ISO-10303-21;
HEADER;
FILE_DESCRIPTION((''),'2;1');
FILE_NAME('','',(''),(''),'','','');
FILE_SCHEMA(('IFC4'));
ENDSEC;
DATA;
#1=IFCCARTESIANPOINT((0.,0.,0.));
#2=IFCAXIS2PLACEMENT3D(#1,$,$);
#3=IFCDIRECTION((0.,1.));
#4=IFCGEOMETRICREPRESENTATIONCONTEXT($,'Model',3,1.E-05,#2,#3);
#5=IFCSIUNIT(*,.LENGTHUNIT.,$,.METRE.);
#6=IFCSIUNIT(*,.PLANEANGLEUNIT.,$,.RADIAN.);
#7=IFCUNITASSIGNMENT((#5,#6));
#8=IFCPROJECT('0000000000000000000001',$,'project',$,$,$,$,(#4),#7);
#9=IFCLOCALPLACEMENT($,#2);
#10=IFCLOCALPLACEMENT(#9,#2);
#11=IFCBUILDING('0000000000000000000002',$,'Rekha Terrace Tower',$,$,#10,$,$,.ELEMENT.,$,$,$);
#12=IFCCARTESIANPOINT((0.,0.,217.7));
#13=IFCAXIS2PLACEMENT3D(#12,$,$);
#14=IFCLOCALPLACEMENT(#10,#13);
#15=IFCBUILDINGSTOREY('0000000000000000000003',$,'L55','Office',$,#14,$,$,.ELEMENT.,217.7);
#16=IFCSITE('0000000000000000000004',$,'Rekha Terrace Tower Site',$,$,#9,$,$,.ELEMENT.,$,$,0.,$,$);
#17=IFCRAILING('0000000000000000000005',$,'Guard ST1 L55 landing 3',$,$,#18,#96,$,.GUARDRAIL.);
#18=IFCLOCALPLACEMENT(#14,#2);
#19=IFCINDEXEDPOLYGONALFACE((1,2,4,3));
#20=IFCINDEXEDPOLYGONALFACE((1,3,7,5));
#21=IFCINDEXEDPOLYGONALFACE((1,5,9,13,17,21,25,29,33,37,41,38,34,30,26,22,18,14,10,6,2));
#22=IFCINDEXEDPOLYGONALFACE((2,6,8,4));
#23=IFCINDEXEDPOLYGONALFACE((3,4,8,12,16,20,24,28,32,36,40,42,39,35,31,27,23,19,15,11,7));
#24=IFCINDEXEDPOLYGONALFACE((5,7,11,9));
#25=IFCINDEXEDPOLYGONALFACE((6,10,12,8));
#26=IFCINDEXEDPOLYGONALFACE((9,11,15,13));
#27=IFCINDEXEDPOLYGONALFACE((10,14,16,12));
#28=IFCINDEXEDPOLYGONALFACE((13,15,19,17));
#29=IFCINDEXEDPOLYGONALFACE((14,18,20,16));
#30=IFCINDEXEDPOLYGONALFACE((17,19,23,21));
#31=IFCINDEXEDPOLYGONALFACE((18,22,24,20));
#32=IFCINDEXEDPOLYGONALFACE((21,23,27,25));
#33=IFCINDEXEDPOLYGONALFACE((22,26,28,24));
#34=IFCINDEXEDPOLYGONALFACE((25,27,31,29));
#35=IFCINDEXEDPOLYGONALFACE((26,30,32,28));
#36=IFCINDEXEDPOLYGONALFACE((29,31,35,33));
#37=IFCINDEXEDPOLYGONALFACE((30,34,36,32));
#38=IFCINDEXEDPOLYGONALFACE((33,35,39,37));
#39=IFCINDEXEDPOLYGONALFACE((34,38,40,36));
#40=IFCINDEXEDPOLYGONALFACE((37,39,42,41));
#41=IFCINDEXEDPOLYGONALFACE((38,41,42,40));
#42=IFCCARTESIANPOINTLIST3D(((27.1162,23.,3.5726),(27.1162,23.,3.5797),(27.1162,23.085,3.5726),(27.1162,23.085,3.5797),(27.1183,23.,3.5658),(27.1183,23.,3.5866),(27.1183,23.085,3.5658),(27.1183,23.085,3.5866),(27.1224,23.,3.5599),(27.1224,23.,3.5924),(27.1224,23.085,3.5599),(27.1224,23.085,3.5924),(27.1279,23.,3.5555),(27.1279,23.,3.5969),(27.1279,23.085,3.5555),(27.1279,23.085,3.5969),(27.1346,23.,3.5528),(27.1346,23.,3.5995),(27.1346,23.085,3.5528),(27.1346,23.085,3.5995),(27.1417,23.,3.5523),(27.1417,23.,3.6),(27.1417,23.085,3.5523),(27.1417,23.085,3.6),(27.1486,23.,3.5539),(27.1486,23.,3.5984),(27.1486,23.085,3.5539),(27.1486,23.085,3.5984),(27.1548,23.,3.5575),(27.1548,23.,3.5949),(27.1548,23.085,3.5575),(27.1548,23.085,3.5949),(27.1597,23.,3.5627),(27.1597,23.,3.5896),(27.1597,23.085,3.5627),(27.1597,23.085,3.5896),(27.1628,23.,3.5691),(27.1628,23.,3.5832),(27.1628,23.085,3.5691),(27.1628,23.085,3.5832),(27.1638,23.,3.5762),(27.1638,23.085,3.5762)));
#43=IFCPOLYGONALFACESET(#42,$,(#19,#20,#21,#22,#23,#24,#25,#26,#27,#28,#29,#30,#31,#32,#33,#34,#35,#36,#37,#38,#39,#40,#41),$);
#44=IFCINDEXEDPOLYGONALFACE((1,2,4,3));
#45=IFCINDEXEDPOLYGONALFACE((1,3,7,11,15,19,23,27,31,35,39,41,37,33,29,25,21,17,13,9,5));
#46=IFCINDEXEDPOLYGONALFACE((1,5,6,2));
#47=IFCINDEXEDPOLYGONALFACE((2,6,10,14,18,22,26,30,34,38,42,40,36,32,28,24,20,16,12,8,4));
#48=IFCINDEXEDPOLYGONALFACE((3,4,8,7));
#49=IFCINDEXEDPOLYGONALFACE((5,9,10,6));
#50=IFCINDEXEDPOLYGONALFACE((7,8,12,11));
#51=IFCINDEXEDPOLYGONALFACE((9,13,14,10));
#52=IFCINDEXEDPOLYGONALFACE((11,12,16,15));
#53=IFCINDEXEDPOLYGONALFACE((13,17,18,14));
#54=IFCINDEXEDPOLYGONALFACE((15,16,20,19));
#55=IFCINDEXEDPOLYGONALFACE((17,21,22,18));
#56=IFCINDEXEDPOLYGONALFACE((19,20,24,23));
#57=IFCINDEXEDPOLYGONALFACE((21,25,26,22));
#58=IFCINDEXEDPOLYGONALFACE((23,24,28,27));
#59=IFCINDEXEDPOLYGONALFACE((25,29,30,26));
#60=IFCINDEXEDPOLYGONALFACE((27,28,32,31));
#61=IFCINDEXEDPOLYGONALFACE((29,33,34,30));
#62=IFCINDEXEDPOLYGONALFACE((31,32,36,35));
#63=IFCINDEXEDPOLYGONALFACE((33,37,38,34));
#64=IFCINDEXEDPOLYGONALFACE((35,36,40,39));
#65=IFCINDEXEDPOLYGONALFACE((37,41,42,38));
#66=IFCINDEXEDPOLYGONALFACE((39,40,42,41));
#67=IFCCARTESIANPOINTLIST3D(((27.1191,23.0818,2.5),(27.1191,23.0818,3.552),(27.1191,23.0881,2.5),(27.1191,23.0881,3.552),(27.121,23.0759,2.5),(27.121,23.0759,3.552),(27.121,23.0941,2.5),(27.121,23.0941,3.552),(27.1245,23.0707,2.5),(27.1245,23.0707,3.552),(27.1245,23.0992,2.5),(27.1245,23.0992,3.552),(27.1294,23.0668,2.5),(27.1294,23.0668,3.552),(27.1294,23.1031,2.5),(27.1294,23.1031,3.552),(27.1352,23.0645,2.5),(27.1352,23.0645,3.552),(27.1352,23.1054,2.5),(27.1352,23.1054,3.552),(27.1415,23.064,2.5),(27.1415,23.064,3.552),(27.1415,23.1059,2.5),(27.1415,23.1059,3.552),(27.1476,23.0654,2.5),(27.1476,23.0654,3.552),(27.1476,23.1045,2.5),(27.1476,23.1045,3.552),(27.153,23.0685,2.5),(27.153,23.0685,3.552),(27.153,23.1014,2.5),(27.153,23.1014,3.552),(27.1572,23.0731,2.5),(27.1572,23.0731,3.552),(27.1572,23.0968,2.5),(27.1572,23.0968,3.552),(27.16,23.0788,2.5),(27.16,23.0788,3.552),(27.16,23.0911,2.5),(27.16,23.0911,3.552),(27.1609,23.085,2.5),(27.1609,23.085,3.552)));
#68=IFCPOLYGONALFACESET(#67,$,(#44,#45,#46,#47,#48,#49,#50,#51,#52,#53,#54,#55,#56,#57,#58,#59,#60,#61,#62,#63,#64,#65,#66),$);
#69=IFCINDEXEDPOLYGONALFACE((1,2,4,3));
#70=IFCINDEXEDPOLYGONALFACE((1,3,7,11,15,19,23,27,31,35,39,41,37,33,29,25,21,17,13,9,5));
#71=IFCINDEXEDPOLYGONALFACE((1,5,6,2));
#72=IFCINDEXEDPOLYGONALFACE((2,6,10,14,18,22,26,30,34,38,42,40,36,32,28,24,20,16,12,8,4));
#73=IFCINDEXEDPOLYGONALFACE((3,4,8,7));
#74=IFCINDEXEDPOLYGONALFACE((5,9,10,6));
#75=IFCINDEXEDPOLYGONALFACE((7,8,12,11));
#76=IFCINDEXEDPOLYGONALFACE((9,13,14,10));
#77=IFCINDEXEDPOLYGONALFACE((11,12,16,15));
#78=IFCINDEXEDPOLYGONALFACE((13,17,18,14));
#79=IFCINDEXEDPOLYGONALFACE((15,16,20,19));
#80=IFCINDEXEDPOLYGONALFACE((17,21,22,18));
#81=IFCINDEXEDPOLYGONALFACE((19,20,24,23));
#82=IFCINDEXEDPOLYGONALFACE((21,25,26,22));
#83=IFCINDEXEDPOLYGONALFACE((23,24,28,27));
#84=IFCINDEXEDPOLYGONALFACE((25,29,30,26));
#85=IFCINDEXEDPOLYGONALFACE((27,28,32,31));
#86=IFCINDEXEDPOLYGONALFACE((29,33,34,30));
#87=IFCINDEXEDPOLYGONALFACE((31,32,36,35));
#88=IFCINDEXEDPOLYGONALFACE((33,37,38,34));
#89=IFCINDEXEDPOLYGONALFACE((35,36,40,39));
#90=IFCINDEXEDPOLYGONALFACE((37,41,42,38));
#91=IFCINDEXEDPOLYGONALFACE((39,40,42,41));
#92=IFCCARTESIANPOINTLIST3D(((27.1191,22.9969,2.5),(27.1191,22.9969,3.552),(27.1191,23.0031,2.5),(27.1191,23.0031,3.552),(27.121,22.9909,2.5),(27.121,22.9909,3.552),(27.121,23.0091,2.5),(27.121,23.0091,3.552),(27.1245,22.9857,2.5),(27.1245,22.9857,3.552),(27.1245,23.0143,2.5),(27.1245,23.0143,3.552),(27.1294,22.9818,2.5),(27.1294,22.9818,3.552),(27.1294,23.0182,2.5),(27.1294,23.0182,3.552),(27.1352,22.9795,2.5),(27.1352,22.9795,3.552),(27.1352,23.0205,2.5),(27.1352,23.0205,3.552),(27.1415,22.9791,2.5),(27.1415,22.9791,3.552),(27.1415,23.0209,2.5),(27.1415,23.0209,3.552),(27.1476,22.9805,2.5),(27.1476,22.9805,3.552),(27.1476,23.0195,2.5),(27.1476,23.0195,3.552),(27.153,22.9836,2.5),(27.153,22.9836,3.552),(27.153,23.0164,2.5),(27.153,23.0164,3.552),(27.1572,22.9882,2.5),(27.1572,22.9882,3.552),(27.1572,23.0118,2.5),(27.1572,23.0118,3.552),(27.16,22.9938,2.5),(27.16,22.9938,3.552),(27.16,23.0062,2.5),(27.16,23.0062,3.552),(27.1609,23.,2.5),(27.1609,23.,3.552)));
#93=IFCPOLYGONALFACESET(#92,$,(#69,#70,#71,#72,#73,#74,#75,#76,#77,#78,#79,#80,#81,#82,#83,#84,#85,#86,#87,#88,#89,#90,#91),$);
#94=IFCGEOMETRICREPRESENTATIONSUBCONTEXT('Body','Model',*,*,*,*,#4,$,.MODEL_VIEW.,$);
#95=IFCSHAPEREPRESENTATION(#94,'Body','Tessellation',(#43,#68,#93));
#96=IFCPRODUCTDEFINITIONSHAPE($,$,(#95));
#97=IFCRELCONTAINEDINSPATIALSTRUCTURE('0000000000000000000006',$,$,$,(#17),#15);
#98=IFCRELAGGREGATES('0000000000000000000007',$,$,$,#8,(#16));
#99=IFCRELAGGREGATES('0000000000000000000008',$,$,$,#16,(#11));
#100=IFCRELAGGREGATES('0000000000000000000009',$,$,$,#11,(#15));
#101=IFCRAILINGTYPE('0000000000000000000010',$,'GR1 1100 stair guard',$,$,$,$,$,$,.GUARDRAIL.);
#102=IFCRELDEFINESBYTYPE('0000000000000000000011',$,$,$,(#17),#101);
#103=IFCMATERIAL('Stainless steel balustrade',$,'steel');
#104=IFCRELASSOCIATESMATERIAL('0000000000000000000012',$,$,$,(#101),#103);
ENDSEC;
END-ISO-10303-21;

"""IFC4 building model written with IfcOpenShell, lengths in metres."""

from ifc_helpers import new_model, si_unit, direction, frame, origin, origin_2d, place, context, subcontext, project, spatial, circle, extrude, material, type_object, element, save


model = new_model("IFC4")

# Units and contexts
model_context = context("Model", 3, precision=1e-05, world=origin(), true_north=direction((0.0, 1.0)))
body_context = subcontext(model_context, "Body", "Model", "MODEL_VIEW")
ifc_project = project(units=[si_unit("LENGTHUNIT", "METRE"), si_unit("PLANEANGLEUNIT", "RADIAN")], contexts=[model_context])

# Site, building, storey
site_placement = place(None, origin())
site = spatial("IfcSite", under=ifc_project, at=site_placement, Name="Rekha Terrace Tower Site", CompositionType="ELEMENT", RefElevation=0.0)
building_placement = place(site_placement, origin())
building = spatial("IfcBuilding", under=site, at=building_placement, Name="Rekha Terrace Tower", CompositionType="ELEMENT")
storey_placement = place(building_placement, frame((0.0, 0.0, 217.7)))
storey = spatial("IfcBuildingStorey", under=building, at=storey_placement, Name="L55", Description="Office", CompositionType="ELEMENT", Elevation=217.7)

# Railing
ifc_material_1 = material(Name="Stainless steel balustrade", Category="steel")
railing_type_1 = type_object("IfcRailingType", Name="GR1 1100 stair guard", PredefinedType="GUARDRAIL", material=ifc_material_1)
railing_1_placement = place(storey_placement, frame((27.1399, 23.085, 2.5)))
element("IfcRailing", 1, at=railing_1_placement, inside=storey, type_object=railing_type_1, Name="Guard ST1 L55 landing 3", PredefinedType="GUARDRAIL", context=body_context, shape_type="SweptSolid", body=[
    extrude(circle(Radius=0.0239, at=origin_2d()), frame((0.0, 0.0, 1.0762), z_axis=(0.0, -1.0, 0.0), x_axis=(1.0, 0.0, 0.0)), (0.0, 0.0, 1.0), 0.085),
    extrude(circle(Radius=0.021, at=origin_2d()), origin(), (0.0, 0.0, 1.0), 1.052),
    extrude(circle(Radius=0.021, at=origin_2d()), frame((0.0, -0.085, 0.0)), (0.0, 0.0, 1.0), 1.052),
])

save(model, "model.ifc")
